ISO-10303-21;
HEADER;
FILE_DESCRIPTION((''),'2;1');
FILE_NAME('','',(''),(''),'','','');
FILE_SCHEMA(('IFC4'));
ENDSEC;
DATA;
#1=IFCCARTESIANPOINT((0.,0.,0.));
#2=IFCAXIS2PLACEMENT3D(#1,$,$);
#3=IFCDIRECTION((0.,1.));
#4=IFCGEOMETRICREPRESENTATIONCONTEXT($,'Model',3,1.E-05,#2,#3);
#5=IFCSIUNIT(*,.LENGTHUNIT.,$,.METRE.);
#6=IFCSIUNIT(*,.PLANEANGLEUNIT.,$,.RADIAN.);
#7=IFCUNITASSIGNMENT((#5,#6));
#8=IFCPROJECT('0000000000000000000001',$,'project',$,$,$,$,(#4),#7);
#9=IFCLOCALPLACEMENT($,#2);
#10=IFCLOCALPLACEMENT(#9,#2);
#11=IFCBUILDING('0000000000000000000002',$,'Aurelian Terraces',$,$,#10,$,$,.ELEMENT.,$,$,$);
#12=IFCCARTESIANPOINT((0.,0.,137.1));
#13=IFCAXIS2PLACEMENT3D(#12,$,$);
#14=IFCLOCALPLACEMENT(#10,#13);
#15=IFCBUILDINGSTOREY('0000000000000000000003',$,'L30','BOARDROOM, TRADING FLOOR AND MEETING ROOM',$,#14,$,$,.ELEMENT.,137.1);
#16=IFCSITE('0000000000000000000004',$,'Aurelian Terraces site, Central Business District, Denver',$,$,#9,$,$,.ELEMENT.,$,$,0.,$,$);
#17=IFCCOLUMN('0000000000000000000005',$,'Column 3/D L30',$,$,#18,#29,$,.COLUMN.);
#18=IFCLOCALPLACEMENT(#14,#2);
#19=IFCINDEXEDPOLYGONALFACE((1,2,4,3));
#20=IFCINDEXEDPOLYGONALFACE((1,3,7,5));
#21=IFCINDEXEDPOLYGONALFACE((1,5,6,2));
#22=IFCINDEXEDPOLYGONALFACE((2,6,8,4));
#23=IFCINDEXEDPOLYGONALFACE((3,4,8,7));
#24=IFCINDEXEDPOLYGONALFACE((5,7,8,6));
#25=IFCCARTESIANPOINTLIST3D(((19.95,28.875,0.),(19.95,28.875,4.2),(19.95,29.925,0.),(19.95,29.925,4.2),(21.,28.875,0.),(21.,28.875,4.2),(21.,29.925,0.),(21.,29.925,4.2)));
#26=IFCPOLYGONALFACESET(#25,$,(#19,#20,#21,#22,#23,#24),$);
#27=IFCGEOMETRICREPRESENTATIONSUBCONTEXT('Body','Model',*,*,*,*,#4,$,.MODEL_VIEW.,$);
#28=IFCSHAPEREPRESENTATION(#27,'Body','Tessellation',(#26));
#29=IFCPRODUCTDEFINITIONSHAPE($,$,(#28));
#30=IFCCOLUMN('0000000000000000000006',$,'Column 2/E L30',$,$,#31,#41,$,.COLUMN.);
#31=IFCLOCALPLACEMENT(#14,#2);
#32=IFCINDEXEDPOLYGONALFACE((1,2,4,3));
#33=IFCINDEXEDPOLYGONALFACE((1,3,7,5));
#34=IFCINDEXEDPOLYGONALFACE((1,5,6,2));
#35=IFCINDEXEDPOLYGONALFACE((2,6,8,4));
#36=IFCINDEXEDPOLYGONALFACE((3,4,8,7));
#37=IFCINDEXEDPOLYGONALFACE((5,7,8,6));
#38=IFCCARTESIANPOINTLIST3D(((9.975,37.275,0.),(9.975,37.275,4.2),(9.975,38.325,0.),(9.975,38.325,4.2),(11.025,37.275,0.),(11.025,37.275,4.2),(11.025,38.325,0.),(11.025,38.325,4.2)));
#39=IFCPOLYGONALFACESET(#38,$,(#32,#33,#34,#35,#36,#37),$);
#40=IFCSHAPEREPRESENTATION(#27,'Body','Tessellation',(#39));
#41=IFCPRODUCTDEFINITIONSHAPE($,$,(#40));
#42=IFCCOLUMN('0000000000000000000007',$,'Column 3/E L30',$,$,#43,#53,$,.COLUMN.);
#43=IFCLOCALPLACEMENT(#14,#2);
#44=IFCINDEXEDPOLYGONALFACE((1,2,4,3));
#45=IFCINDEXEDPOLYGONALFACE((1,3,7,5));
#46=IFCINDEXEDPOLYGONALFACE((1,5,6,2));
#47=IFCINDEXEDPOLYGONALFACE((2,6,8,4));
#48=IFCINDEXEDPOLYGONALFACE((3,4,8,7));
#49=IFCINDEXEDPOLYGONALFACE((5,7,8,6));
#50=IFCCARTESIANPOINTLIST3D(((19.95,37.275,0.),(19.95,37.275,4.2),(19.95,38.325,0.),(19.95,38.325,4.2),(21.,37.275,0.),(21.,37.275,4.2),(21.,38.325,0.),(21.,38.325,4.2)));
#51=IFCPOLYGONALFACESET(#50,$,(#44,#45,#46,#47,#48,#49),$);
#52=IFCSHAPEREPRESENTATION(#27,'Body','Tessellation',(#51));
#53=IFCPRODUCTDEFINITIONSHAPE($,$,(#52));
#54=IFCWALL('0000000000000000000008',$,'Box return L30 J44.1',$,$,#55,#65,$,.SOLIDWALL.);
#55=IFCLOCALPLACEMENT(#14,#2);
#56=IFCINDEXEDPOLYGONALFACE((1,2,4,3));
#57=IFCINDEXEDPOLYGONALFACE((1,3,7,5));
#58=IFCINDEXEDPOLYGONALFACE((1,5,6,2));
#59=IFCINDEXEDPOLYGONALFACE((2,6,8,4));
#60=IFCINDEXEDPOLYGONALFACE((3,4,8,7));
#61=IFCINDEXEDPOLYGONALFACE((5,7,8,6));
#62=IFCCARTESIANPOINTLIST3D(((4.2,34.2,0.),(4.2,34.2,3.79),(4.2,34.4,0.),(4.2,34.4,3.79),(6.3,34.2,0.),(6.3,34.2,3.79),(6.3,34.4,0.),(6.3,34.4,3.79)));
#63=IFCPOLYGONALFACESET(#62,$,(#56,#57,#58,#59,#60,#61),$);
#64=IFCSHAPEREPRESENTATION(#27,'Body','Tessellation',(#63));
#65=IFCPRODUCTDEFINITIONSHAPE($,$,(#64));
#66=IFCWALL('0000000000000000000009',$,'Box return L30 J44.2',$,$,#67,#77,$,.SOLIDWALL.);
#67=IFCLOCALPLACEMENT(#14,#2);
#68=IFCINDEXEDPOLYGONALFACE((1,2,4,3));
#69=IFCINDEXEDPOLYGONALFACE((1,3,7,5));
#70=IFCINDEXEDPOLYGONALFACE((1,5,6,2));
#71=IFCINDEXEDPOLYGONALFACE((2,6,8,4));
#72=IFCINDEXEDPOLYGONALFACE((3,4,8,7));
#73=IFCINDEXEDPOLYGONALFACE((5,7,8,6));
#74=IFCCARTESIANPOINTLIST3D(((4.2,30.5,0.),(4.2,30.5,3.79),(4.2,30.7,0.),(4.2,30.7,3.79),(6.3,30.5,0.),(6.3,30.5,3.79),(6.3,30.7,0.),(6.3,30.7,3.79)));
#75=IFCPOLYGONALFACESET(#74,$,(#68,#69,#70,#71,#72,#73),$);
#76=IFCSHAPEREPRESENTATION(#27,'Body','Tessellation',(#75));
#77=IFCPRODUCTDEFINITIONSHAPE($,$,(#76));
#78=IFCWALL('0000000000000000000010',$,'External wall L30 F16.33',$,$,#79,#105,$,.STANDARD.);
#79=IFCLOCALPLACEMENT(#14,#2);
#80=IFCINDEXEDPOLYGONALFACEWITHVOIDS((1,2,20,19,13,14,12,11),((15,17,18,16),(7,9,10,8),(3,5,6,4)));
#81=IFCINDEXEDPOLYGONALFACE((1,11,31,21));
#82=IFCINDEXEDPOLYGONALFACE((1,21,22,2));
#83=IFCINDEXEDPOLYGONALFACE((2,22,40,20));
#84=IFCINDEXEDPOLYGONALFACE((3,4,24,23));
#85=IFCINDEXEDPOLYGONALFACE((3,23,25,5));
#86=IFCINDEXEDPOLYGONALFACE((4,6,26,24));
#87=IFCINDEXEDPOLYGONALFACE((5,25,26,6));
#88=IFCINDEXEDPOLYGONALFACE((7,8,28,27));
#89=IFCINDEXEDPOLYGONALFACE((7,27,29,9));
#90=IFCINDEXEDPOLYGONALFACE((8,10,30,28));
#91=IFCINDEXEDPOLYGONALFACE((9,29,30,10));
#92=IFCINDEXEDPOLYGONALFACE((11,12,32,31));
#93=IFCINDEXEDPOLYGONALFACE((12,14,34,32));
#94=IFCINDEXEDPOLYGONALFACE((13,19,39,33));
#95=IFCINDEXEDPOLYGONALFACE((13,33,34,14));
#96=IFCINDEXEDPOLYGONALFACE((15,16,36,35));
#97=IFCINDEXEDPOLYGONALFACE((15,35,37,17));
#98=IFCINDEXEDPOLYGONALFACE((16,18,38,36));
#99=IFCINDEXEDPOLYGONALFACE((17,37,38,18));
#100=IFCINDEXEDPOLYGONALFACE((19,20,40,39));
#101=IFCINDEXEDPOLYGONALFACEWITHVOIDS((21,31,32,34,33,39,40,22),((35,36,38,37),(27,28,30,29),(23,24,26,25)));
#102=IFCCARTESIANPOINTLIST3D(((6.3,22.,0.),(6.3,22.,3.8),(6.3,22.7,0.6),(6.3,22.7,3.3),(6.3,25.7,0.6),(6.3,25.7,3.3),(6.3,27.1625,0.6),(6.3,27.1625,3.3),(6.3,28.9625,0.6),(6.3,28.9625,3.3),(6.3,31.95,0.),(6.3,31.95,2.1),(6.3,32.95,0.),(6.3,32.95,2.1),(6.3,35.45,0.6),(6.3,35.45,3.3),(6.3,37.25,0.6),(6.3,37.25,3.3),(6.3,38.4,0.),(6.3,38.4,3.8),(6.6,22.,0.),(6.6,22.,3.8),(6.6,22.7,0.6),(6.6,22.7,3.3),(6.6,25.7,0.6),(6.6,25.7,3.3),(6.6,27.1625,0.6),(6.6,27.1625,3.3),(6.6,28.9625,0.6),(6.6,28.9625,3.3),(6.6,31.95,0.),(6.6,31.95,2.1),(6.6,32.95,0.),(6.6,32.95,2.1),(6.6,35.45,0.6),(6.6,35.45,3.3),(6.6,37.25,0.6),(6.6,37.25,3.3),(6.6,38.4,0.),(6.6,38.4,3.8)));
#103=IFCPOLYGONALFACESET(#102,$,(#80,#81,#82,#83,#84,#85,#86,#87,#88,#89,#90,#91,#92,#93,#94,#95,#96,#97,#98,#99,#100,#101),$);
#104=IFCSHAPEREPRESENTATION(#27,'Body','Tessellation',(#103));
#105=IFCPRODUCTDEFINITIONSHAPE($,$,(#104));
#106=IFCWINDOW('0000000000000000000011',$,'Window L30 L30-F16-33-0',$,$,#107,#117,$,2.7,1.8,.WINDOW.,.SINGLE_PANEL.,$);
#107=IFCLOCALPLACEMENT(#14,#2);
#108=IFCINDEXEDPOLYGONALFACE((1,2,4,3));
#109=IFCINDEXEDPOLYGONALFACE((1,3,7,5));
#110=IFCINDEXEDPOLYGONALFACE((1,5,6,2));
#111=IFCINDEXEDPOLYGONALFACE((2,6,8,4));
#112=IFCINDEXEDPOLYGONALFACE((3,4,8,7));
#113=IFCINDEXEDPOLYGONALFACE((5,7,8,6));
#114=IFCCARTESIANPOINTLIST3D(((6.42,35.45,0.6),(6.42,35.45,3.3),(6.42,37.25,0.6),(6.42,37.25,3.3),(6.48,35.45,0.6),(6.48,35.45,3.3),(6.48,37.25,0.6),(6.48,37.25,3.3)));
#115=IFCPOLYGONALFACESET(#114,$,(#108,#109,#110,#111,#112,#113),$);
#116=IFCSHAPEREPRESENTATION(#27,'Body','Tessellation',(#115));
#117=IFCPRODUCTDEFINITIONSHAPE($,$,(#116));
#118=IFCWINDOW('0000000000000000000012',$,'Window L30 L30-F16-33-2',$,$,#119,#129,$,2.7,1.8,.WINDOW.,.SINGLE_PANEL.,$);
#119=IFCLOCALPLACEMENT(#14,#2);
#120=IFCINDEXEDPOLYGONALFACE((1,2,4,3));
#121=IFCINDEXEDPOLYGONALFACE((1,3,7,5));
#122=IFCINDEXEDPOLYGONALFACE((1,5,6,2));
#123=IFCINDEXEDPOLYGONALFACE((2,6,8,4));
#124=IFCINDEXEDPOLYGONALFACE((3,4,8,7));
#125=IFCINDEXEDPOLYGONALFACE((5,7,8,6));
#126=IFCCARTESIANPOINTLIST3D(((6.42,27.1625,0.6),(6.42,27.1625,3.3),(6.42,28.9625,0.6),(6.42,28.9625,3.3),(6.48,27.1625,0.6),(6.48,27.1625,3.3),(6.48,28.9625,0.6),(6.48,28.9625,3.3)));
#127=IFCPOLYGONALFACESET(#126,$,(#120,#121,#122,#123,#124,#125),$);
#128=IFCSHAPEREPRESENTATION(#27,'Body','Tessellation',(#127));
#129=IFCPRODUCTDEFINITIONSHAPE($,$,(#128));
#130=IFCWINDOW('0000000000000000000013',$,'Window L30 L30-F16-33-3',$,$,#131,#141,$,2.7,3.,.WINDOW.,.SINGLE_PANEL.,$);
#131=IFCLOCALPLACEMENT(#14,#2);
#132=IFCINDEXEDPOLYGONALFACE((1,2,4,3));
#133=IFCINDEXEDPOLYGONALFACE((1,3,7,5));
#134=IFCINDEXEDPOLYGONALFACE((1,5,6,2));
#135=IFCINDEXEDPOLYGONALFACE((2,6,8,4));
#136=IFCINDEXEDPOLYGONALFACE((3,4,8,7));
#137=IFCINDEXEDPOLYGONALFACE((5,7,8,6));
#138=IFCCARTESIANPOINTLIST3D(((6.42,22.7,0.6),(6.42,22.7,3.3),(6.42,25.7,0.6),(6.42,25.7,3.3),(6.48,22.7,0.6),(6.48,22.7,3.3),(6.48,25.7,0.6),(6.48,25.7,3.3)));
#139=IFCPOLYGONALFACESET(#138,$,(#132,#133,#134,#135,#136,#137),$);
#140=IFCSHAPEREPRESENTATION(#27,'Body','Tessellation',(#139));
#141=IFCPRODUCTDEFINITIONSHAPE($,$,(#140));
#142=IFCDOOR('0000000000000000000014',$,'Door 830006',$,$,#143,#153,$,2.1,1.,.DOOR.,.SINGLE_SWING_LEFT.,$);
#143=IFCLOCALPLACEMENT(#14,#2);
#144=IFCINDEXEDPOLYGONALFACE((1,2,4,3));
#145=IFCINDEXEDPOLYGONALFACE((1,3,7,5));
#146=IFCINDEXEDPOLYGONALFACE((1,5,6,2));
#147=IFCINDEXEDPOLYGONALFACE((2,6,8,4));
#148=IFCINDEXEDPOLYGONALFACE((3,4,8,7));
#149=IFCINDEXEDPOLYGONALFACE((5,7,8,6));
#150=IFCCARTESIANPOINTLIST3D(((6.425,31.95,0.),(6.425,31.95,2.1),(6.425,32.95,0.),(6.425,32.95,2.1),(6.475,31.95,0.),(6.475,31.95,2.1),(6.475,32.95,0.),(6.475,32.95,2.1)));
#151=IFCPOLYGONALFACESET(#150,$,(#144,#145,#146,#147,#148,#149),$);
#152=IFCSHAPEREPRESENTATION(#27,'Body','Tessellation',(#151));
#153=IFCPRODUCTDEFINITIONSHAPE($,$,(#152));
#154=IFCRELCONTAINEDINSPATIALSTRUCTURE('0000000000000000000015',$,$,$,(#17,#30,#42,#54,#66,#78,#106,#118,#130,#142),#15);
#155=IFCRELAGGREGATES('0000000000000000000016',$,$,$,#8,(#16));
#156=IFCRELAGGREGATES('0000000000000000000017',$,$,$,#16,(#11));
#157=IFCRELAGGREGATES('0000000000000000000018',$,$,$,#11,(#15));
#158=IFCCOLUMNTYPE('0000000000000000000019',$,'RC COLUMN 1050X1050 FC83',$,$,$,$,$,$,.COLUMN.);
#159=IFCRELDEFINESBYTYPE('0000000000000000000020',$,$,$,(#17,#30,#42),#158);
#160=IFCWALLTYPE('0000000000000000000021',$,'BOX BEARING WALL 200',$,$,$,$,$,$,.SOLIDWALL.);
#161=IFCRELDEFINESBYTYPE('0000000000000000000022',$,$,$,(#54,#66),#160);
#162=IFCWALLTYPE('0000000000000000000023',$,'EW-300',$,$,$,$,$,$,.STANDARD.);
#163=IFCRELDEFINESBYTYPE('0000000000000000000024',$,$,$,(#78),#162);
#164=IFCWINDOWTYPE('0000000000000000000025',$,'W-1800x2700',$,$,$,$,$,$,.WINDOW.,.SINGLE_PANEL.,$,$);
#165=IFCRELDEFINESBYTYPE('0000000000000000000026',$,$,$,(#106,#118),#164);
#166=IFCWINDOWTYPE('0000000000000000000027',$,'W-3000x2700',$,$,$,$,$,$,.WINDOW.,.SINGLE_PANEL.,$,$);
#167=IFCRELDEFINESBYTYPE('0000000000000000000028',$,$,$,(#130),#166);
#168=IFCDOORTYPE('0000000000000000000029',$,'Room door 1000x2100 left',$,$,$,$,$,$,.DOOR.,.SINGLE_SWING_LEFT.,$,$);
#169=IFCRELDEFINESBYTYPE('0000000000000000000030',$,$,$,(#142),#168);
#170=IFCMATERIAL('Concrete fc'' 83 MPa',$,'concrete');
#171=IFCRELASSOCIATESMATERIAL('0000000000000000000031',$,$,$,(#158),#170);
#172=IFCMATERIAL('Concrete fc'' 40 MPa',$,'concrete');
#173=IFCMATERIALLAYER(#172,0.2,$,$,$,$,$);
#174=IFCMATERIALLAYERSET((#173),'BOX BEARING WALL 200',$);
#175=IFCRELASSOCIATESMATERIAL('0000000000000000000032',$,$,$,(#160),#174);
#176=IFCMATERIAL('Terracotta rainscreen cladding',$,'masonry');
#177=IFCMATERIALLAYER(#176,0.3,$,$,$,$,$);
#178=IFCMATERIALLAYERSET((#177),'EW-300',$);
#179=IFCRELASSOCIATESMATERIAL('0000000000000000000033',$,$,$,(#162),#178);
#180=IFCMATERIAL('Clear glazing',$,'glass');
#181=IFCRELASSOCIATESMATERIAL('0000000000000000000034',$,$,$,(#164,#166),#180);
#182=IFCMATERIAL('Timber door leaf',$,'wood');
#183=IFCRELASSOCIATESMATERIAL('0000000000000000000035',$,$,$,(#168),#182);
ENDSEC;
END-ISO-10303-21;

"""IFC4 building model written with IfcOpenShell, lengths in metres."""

from ifc_helpers import new_model, si_unit, direction, frame, frame_2d, origin, origin_2d, place, context, subcontext, project, spatial, rectangle, extrude, source, transform, mapped, material, layer, layer_set, material_profile, profile_set, type_object, element, fill, save


model = new_model("IFC4")

# Units and contexts
model_context = context("Model", 3, precision=1e-05, world=origin(), true_north=direction((0.0, 1.0)))
body_context = subcontext(model_context, "Body", "Model", "MODEL_VIEW")
ifc_project = project(units=[si_unit("LENGTHUNIT", "METRE"), si_unit("PLANEANGLEUNIT", "RADIAN")], contexts=[model_context])

# Site, building, storey
site_placement = place(None, origin())
site = spatial("IfcSite", under=ifc_project, at=site_placement, Name="Aurelian Terraces site, Central Business District, Denver", CompositionType="ELEMENT", RefElevation=0.0)
building_placement = place(site_placement, origin())
building = spatial("IfcBuilding", under=site, at=building_placement, Name="Aurelian Terraces", CompositionType="ELEMENT")
storey_placement = place(building_placement, frame((0.0, 0.0, 137.1)))
storey = spatial("IfcBuildingStorey", under=building, at=storey_placement, Name="L30", Description="BOARDROOM, TRADING FLOOR AND MEETING ROOM", CompositionType="ELEMENT", Elevation=137.1)

# Columns
ifc_material_1 = material(Name="Concrete fc' 83 MPa", Category="concrete")
ifc_material_profile = material_profile(ifc_material_1, rectangle(XDim=1.05, YDim=1.05, at=origin_2d()))
ifc_profile_set = profile_set([ifc_material_profile], Name="Concrete fc' 83 MPa")
column_type = type_object("IfcColumnType", Name="RC COLUMN 1050X1050 FC83", PredefinedType="COLUMN", material=ifc_profile_set)
shared_shape_1 = source(origin(), body_context, "Body", "SweptSolid", [
    extrude(rectangle(XDim=1.05, YDim=1.05, at=origin_2d()), origin(), (0.0, 0.0, 1.0), 4.2),
])
for number, where, z_axis, x_axis, name in (
    (1, (20.475, 29.4, 0.0), (0.0, 0.0, 1.0), (1.0, 0.0, 0.0), "Column 3/D L30"),
    (2, (10.5, 37.8, 0.0), (0.0, 0.0, 1.0), (1.0, 0.0, 0.0), "Column 2/E L30"),
    (3, (20.475, 37.8, 0.0), (0.0, 0.0, 1.0), (1.0, 0.0, 0.0), "Column 3/E L30"),
):
    element("IfcColumn", number, at=place(storey_placement, frame(where, z_axis=z_axis, x_axis=x_axis)), inside=storey, type_object=column_type, Name=name, PredefinedType="COLUMN", context=body_context, shape_type="MappedRepresentation", body=[
        mapped(shared_shape_1, transform((0.0, 0.0, 0.0), scale=1.0)),
    ])

# Walls
ifc_material_2 = material(Name="Concrete fc' 40 MPa", Category="concrete")
ifc_layer_1 = layer(ifc_material_2, 0.2)
ifc_layer_set_1 = layer_set([ifc_layer_1], Name="BOX BEARING WALL 200")
wall_type_1 = type_object("IfcWallType", Name="BOX BEARING WALL 200", PredefinedType="SOLIDWALL", material=ifc_layer_set_1)
shared_shape_2 = source(origin(), body_context, "Body", "SweptSolid", [
    extrude(rectangle(XDim=2.1, YDim=0.2, at=frame_2d((1.05, 0.0))), origin(), (0.0, 0.0, 1.0), 3.79),
])
for number, where, z_axis, x_axis, name in (
    (4, (6.3, 34.3, 0.0), (0.0, 0.0, 1.0), (-1.0, 0.0, 0.0), "Box return L30 J44.1"),
    (5, (6.3, 30.6, 0.0), (0.0, 0.0, 1.0), (-1.0, 0.0, 0.0), "Box return L30 J44.2"),
):
    element("IfcWall", number, at=place(storey_placement, frame(where, z_axis=z_axis, x_axis=x_axis)), inside=storey, type_object=wall_type_1, Name=name, PredefinedType="SOLIDWALL", context=body_context, shape_type="MappedRepresentation", body=[
        mapped(shared_shape_2, transform((0.0, 0.0, 0.0), scale=1.0)),
    ])

# Wall, openings, windows, door
ifc_material_3 = material(Name="Terracotta rainscreen cladding", Category="masonry")
ifc_layer_2 = layer(ifc_material_3, 0.3)
ifc_layer_set_2 = layer_set([ifc_layer_2], Name="EW-300")
wall_type_2 = type_object("IfcWallType", Name="EW-300", PredefinedType="STANDARD", material=ifc_layer_set_2)
shared_shape_3 = source(origin(), body_context, "Body", "SweptSolid", [
    extrude(rectangle(XDim=16.4, YDim=0.3, at=frame_2d((8.2, 0.0))), origin(), (0.0, 0.0, 1.0), 3.8),
])
wall_1_placement = place(storey_placement, frame((6.45, 38.4, 0.0), z_axis=(0.0, 0.0, 1.0), x_axis=(0.0, -1.0, 0.0)))
wall_1 = element("IfcWall", 6, at=wall_1_placement, inside=storey, type_object=wall_type_2, Name="External wall L30 F16.33", PredefinedType="STANDARD", context=body_context, shape_type="MappedRepresentation", body=[
    mapped(shared_shape_3, transform((0.0, 0.0, 0.0), scale=1.0)),
])
shared_shape_4 = source(origin(), body_context, "Body", "SweptSolid", [
    extrude(rectangle(XDim=1.8, YDim=2.7, at=frame_2d((0.9, 1.35))), frame((0.0, 0.16, 0.0), z_axis=(0.0, -1.0, 0.0), x_axis=(1.0, 0.0, 0.0)), (0.0, 0.0, 1.0), 0.32),
])
opening_1_placement = place(wall_1_placement, frame((1.15, 0.0, 0.6)))
opening_1 = element("IfcOpeningElement", 7, at=opening_1_placement, cuts=wall_1, PredefinedType="OPENING", context=body_context, shape_type="MappedRepresentation", body=[
    mapped(shared_shape_4, transform((0.0, 0.0, 0.0), scale=1.0)),
])
opening_2_placement = place(wall_1_placement, frame((9.4375, 0.0, 0.6)))
opening_2 = element("IfcOpeningElement", 8, at=opening_2_placement, cuts=wall_1, PredefinedType="OPENING", context=body_context, shape_type="MappedRepresentation", body=[
    mapped(shared_shape_4, transform((0.0, 0.0, 0.0), scale=1.0)),
])
shared_shape_5 = source(origin(), body_context, "Body", "SweptSolid", [
    extrude(rectangle(XDim=3.0, YDim=2.7, at=frame_2d((1.5, 1.35))), frame((0.0, 0.16, 0.0), z_axis=(0.0, -1.0, 0.0), x_axis=(1.0, 0.0, 0.0)), (0.0, 0.0, 1.0), 0.32),
])
opening_3_placement = place(wall_1_placement, frame((12.7, 0.0, 0.6)))
opening_3 = element("IfcOpeningElement", 9, at=opening_3_placement, cuts=wall_1, PredefinedType="OPENING", context=body_context, shape_type="MappedRepresentation", body=[
    mapped(shared_shape_5, transform((0.0, 0.0, 0.0), scale=1.0)),
])
shared_shape_6 = source(origin(), body_context, "Body", "SweptSolid", [
    extrude(rectangle(XDim=1.0, YDim=2.1, at=frame_2d((0.5, 1.05))), frame((0.0, 0.16, 0.0), z_axis=(0.0, -1.0, 0.0), x_axis=(1.0, 0.0, 0.0)), (0.0, 0.0, 1.0), 0.32),
])
opening_4_placement = place(wall_1_placement, frame((5.45, 0.0, 0.0)))
opening_4 = element("IfcOpeningElement", 10, at=opening_4_placement, cuts=wall_1, PredefinedType="OPENING", context=body_context, shape_type="MappedRepresentation", body=[
    mapped(shared_shape_6, transform((0.0, 0.0, 0.0), scale=1.0)),
])
ifc_material_4 = material(Name="Clear glazing", Category="glass")
window_type_1 = type_object("IfcWindowType", Name="W-1800x2700", PartitioningType="SINGLE_PANEL", PredefinedType="WINDOW", material=ifc_material_4)
shared_shape_7 = source(origin(), body_context, "Body", "SweptSolid", [
    extrude(rectangle(XDim=1.8, YDim=2.7, at=frame_2d((0.9, 1.35))), frame((0.0, 0.03, 0.0), z_axis=(0.0, -1.0, 0.0), x_axis=(1.0, 0.0, 0.0)), (0.0, 0.0, 1.0), 0.06),
])
window_1_placement = place(opening_1_placement, origin())
window_1 = element("IfcWindow", 11, at=window_1_placement, inside=storey, type_object=window_type_1, Name="Window L30 L30-F16-33-0", OverallHeight=2.7, OverallWidth=1.8, PartitioningType="SINGLE_PANEL", PredefinedType="WINDOW", context=body_context, shape_type="MappedRepresentation", body=[
    mapped(shared_shape_7, transform((0.0, 0.0, 0.0), scale=1.0)),
])
fill(opening_1, window_1)
window_2_placement = place(opening_2_placement, origin())
window_2 = element("IfcWindow", 12, at=window_2_placement, inside=storey, type_object=window_type_1, Name="Window L30 L30-F16-33-2", OverallHeight=2.7, OverallWidth=1.8, PartitioningType="SINGLE_PANEL", PredefinedType="WINDOW", context=body_context, shape_type="MappedRepresentation", body=[
    mapped(shared_shape_7, transform((0.0, 0.0, 0.0), scale=1.0)),
])
fill(opening_2, window_2)
window_type_2 = type_object("IfcWindowType", Name="W-3000x2700", PartitioningType="SINGLE_PANEL", PredefinedType="WINDOW", material=ifc_material_4)
shared_shape_8 = source(origin(), body_context, "Body", "SweptSolid", [
    extrude(rectangle(XDim=3.0, YDim=2.7, at=frame_2d((1.5, 1.35))), frame((0.0, 0.03, 0.0), z_axis=(0.0, -1.0, 0.0), x_axis=(1.0, 0.0, 0.0)), (0.0, 0.0, 1.0), 0.06),
])
window_3_placement = place(opening_3_placement, origin())
window_3 = element("IfcWindow", 13, at=window_3_placement, inside=storey, type_object=window_type_2, Name="Window L30 L30-F16-33-3", OverallHeight=2.7, OverallWidth=3.0, PartitioningType="SINGLE_PANEL", PredefinedType="WINDOW", context=body_context, shape_type="MappedRepresentation", body=[
    mapped(shared_shape_8, transform((0.0, 0.0, 0.0), scale=1.0)),
])
fill(opening_3, window_3)
ifc_material_5 = material(Name="Timber door leaf", Category="wood")
door_type_1 = type_object("IfcDoorType", Name="Room door 1000x2100 left", OperationType="SINGLE_SWING_LEFT", PredefinedType="DOOR", material=ifc_material_5)
shared_shape_9 = source(origin(), body_context, "Body", "SweptSolid", [
    extrude(rectangle(XDim=1.0, YDim=2.1, at=frame_2d((0.5, 1.05))), frame((0.0, 0.025, 0.0), z_axis=(0.0, -1.0, 0.0), x_axis=(1.0, 0.0, 0.0)), (0.0, 0.0, 1.0), 0.05),
])
door_1_placement = place(opening_4_placement, origin())
door_1 = element("IfcDoor", 14, at=door_1_placement, inside=storey, type_object=door_type_1, Name="Door 830006", OperationType="SINGLE_SWING_LEFT", OverallHeight=2.1, OverallWidth=1.0, PredefinedType="DOOR", context=body_context, shape_type="MappedRepresentation", body=[
    mapped(shared_shape_9, transform((0.0, 0.0, 0.0), scale=1.0)),
])
fill(opening_4, door_1)

save(model, "model.ifc")
